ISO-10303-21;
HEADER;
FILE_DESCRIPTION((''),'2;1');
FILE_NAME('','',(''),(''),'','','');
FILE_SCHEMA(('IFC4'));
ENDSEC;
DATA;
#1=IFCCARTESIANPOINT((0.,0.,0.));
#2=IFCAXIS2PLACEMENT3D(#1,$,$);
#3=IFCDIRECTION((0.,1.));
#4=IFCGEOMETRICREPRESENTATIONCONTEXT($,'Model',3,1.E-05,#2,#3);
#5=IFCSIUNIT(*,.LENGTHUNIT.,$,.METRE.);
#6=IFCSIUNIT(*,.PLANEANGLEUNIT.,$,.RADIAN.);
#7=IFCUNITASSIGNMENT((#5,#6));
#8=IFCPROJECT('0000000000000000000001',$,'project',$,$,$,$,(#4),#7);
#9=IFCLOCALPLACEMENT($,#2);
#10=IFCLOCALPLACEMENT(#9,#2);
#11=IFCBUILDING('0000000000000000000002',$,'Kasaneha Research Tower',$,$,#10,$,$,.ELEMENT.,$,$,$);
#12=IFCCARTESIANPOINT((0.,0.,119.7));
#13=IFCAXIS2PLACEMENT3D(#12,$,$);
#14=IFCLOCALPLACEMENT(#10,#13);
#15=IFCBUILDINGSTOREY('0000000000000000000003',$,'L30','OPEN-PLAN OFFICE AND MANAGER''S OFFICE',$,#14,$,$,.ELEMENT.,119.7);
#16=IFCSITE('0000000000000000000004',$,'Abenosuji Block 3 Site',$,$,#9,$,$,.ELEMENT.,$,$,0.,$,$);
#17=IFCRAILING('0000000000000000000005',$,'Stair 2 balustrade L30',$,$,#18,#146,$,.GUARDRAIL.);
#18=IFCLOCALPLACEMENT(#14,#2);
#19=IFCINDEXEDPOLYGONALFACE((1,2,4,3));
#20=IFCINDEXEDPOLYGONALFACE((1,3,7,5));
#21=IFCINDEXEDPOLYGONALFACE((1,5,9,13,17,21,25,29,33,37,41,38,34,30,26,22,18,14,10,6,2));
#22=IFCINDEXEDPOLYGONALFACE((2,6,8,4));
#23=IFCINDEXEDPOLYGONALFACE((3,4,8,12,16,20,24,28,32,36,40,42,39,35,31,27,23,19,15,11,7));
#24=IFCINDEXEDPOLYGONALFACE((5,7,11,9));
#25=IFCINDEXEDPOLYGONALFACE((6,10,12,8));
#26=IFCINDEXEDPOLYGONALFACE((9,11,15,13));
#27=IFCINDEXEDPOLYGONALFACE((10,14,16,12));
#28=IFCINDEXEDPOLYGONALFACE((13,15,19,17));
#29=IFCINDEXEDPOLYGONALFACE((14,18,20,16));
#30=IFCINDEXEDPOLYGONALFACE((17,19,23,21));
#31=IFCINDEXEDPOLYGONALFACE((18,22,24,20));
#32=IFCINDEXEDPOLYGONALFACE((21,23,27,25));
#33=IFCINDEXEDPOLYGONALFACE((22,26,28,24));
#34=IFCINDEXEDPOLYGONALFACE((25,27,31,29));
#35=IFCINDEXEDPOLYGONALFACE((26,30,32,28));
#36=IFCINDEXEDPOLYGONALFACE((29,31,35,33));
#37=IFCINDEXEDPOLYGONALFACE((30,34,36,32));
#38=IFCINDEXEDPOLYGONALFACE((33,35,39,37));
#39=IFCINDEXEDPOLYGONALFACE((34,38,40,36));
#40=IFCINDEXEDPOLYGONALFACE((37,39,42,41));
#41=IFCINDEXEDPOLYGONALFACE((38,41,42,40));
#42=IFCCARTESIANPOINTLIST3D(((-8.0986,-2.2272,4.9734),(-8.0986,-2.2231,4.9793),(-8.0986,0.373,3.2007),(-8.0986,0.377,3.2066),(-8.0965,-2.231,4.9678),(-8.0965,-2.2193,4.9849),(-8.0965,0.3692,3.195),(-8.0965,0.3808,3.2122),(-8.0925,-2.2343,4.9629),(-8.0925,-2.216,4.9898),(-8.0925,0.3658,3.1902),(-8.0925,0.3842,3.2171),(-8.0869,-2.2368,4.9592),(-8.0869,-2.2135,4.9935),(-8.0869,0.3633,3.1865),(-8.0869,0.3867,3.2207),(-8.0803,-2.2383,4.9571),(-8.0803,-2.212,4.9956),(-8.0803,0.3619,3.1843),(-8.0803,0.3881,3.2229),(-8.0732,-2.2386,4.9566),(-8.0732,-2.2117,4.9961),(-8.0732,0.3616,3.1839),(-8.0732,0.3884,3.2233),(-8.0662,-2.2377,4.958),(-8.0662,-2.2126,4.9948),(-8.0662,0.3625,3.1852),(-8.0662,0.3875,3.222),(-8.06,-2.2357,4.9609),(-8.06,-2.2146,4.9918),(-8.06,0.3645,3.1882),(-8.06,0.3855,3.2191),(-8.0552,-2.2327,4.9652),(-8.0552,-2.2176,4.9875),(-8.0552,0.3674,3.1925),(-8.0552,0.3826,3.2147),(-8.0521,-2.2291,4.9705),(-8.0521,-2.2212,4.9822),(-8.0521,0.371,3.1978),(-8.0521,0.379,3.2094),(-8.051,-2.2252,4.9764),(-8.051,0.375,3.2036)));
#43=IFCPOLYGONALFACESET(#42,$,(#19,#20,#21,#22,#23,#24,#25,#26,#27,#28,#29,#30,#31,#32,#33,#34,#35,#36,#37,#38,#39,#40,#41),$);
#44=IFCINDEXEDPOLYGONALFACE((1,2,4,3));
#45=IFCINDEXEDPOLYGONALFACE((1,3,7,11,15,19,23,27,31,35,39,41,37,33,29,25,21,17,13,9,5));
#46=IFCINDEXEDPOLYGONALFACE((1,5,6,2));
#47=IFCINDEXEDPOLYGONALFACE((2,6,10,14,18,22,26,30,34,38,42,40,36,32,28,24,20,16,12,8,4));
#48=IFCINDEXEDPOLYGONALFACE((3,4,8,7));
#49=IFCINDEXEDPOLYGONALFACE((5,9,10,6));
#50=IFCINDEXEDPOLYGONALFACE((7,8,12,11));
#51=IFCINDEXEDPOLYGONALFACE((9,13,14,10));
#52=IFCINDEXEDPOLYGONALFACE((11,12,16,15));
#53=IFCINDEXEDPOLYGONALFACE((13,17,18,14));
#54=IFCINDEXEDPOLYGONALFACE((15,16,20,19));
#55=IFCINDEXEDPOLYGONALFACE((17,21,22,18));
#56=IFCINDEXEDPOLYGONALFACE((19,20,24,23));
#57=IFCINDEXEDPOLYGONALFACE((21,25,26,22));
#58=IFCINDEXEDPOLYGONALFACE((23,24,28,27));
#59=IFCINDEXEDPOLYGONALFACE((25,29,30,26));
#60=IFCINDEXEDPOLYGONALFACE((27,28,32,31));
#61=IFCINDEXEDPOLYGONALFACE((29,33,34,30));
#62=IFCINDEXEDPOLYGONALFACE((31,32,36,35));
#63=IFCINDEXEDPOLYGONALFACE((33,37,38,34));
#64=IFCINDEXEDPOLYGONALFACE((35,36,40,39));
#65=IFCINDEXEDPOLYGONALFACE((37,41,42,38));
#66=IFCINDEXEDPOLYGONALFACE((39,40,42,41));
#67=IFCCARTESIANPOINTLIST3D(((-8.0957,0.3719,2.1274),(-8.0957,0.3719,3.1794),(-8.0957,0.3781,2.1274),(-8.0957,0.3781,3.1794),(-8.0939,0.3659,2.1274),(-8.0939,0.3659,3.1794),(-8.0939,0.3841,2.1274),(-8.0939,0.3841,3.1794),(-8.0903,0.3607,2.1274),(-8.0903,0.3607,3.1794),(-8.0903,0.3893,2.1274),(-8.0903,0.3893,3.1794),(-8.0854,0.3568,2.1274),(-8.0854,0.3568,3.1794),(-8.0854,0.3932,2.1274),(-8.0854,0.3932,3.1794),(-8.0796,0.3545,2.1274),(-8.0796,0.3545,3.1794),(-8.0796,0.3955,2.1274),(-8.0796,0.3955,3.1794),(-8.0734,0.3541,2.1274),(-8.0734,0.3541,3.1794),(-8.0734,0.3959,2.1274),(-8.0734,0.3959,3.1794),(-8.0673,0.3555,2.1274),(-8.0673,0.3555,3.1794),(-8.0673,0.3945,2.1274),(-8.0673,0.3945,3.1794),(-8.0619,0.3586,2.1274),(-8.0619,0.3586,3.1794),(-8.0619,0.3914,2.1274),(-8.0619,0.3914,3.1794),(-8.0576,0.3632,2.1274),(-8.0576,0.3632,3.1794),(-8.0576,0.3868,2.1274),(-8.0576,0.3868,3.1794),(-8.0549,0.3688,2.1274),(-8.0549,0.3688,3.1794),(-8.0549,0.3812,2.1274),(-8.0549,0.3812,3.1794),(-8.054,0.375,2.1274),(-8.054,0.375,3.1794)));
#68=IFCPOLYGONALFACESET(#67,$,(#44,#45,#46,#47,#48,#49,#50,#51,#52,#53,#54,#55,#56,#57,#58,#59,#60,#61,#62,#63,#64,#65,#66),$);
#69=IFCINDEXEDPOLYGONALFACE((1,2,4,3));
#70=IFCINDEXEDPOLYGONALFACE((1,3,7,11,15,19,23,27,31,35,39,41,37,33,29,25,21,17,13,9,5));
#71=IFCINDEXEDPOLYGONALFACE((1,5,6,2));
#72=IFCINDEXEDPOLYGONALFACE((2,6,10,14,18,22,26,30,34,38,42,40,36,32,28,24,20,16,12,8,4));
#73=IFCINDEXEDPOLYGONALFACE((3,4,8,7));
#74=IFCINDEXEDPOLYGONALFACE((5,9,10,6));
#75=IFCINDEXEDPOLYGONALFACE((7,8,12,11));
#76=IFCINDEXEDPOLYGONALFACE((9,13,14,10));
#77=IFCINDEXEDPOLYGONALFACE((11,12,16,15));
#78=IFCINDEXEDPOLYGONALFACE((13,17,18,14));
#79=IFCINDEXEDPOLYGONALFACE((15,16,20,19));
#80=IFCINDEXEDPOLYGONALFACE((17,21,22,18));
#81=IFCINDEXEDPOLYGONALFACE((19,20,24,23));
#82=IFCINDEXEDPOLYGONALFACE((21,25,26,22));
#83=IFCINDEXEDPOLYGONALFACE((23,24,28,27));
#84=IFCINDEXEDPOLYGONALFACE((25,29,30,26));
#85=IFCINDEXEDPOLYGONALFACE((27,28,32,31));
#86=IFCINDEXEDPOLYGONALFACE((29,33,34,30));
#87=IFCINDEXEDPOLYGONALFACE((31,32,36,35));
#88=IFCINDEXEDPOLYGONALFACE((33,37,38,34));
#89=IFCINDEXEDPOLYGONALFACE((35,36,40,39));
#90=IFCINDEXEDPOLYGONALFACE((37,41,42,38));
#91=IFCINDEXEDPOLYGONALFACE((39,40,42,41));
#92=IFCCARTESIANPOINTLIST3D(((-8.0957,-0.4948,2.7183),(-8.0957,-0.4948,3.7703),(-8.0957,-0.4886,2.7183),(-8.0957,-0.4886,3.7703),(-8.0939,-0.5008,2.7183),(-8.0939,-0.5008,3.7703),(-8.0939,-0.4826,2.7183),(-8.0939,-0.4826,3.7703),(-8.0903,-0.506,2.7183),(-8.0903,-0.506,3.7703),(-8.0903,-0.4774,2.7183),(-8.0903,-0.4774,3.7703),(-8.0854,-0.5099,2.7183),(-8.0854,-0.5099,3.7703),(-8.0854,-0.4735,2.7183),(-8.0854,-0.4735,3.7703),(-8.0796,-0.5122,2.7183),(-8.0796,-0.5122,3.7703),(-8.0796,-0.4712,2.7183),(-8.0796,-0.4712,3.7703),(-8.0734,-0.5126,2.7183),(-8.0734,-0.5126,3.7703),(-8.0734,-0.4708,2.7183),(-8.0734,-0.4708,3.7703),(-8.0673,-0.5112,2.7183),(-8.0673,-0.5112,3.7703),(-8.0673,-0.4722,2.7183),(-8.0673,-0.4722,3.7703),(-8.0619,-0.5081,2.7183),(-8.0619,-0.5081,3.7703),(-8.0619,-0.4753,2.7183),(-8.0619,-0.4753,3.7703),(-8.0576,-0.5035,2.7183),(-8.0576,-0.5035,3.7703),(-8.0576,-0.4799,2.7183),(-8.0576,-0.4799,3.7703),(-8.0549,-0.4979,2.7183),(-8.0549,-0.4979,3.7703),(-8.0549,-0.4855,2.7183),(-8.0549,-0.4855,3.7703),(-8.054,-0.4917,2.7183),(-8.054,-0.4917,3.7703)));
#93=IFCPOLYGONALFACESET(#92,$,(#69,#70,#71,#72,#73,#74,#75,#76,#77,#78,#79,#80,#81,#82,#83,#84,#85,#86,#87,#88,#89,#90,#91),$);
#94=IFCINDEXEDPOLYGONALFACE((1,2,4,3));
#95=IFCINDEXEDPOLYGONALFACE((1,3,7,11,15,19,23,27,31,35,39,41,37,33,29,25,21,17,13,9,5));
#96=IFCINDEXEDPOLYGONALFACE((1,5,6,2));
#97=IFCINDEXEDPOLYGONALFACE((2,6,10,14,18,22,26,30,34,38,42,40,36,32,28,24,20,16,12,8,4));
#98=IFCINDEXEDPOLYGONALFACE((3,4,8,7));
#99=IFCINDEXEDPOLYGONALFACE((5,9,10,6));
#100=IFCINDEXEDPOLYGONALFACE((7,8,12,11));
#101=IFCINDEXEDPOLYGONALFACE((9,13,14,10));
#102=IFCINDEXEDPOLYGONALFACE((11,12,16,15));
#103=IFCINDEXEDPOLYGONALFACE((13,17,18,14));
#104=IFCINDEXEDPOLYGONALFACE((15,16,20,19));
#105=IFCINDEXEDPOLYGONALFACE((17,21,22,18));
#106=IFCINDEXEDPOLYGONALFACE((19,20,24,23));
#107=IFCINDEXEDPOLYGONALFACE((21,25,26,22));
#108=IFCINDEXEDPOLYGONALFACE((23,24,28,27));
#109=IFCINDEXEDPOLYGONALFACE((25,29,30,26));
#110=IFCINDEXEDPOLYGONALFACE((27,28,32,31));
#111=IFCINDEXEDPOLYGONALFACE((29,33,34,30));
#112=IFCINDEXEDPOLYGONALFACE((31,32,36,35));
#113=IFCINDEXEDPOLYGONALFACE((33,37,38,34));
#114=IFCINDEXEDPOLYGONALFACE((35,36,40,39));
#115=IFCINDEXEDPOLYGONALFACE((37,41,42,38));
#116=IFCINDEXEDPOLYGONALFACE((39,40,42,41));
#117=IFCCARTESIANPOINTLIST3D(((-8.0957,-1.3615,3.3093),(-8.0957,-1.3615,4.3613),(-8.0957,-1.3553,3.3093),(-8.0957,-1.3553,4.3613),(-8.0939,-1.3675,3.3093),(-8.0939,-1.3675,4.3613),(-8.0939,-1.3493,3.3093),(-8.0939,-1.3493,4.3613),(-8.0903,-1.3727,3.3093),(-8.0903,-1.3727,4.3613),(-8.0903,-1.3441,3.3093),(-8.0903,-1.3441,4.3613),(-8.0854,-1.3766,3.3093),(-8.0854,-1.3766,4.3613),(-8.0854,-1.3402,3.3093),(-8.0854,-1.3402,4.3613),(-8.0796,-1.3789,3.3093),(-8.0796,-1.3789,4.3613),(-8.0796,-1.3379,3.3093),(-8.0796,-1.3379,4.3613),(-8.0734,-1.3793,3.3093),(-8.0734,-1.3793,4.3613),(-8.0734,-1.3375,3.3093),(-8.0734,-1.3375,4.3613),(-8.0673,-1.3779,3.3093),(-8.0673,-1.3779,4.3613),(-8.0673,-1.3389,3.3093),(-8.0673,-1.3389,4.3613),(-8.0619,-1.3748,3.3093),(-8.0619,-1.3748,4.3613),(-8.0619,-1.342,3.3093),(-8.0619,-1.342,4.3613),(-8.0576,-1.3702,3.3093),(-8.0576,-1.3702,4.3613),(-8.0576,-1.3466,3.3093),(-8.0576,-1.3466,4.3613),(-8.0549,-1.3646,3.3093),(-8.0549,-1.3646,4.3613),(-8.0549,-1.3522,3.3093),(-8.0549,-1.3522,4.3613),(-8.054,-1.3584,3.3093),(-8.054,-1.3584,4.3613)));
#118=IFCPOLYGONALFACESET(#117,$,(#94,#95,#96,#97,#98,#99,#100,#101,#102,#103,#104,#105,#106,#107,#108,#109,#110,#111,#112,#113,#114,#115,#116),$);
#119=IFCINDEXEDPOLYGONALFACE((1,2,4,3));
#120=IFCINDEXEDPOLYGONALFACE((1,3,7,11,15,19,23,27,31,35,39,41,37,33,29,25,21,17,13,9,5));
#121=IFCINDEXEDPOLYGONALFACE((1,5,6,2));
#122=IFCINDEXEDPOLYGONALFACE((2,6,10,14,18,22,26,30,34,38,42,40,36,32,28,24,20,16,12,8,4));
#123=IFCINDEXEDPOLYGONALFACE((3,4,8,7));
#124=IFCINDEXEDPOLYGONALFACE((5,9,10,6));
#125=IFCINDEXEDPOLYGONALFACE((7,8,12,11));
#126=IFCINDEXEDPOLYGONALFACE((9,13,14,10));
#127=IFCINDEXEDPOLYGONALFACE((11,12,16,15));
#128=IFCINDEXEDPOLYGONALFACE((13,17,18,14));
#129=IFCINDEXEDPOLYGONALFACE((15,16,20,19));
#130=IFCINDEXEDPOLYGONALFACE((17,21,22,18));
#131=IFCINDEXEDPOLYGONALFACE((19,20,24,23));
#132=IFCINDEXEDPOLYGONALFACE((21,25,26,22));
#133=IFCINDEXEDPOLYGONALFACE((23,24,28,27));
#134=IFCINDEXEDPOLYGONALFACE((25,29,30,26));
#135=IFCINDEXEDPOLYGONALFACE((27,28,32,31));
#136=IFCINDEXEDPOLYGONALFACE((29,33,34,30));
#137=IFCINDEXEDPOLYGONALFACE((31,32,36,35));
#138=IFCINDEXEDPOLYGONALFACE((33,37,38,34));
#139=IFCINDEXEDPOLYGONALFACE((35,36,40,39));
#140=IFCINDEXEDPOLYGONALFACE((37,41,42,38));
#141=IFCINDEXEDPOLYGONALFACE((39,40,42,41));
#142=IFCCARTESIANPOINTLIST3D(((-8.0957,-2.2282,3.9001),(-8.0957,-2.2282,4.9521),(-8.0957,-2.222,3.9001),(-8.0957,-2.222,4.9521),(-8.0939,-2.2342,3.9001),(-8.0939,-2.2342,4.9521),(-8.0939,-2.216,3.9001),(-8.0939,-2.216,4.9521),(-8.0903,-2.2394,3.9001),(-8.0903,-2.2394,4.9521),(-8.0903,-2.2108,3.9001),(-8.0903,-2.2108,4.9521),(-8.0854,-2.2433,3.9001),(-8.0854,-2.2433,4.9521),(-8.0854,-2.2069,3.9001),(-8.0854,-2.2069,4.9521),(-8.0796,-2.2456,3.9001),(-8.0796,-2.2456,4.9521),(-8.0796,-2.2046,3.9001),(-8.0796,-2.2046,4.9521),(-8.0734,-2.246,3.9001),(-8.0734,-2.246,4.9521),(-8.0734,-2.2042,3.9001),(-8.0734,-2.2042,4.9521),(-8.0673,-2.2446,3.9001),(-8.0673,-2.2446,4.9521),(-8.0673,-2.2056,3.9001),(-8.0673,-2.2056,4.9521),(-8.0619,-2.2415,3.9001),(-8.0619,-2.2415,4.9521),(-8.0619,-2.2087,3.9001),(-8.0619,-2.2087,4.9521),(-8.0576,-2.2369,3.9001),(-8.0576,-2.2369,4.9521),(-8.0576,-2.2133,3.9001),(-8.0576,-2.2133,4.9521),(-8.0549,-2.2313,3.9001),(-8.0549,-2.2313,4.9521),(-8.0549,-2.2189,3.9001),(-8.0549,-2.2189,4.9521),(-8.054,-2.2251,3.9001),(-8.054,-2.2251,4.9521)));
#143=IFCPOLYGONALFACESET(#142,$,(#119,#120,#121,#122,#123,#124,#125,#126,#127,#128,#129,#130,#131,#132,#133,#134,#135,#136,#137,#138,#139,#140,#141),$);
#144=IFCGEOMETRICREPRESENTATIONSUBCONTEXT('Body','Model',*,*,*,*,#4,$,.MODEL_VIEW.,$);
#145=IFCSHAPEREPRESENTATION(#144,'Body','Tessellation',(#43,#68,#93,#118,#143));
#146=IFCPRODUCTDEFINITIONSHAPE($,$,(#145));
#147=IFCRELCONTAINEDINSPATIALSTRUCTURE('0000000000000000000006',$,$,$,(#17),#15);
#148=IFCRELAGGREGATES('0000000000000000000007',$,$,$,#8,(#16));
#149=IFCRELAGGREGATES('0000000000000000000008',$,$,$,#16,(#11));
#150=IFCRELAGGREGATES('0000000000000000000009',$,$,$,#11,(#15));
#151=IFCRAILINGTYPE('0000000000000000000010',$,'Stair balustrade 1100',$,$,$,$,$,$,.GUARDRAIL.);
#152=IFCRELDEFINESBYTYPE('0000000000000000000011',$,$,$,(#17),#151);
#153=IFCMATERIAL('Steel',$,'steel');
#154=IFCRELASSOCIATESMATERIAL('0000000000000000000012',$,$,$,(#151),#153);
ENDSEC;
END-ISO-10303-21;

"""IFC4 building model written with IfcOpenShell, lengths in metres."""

from ifc_helpers import new_model, si_unit, direction, frame, origin, origin_2d, place, context, subcontext, project, spatial, circle, extrude, material, type_object, element, save


model = new_model("IFC4")

# Units and contexts
model_context = context("Model", 3, precision=1e-05, world=origin(), true_north=direction((0.0, 1.0)))
body_context = subcontext(model_context, "Body", "Model", "MODEL_VIEW")
ifc_project = project(units=[si_unit("LENGTHUNIT", "METRE"), si_unit("PLANEANGLEUNIT", "RADIAN")], contexts=[model_context])

# Site, building, storey
site_placement = place(None, origin())
site = spatial("IfcSite", under=ifc_project, at=site_placement, Name="Abenosuji Block 3 Site", CompositionType="ELEMENT", RefElevation=0.0)
building_placement = place(site_placement, origin())
building = spatial("IfcBuilding", under=site, at=building_placement, Name="Kasaneha Research Tower", CompositionType="ELEMENT")
storey_placement = place(building_placement, frame((0.0, 0.0, 119.7)))
storey = spatial("IfcBuildingStorey", under=building, at=storey_placement, Name="L30", Description="OPEN-PLAN OFFICE AND MANAGER'S OFFICE", CompositionType="ELEMENT", Elevation=119.7)

# Railing
ifc_material_1 = material(Name="Steel", Category="steel")
railing_type_1 = type_object("IfcRailingType", Name="Stair balustrade 1100", PredefinedType="GUARDRAIL", material=ifc_material_1)
railing_1_placement = place(storey_placement, frame((-8.075, 0.375, 2.1274)))
element("IfcRailing", 1, at=railing_1_placement, inside=storey, type_object=railing_type_1, Name="Stair 2 balustrade L30", PredefinedType="GUARDRAIL", context=body_context, shape_type="SweptSolid", body=[
    extrude(circle(Radius=0.0239, at=origin_2d()), frame((0.0, 0.0, 1.0762), z_axis=(0.0, -0.82624, 0.563318), x_axis=(1.0, 0.0, 0.0)), (0.0, 0.0, 1.0), 3.147),
    extrude(circle(Radius=0.021, at=origin_2d()), origin(), (0.0, 0.0, 1.0), 1.052),
    extrude(circle(Radius=0.021, at=origin_2d()), frame((0.0, -0.8667, 0.5908)), (0.0, 0.0, 1.0), 1.052),
    extrude(circle(Radius=0.021, at=origin_2d()), frame((0.0, -1.7334, 1.1819)), (0.0, 0.0, 1.0), 1.052),
    extrude(circle(Radius=0.021, at=origin_2d()), frame((0.0, -2.6001, 1.7727)), (0.0, 0.0, 1.0), 1.052),
])

save(model, "model.ifc")
